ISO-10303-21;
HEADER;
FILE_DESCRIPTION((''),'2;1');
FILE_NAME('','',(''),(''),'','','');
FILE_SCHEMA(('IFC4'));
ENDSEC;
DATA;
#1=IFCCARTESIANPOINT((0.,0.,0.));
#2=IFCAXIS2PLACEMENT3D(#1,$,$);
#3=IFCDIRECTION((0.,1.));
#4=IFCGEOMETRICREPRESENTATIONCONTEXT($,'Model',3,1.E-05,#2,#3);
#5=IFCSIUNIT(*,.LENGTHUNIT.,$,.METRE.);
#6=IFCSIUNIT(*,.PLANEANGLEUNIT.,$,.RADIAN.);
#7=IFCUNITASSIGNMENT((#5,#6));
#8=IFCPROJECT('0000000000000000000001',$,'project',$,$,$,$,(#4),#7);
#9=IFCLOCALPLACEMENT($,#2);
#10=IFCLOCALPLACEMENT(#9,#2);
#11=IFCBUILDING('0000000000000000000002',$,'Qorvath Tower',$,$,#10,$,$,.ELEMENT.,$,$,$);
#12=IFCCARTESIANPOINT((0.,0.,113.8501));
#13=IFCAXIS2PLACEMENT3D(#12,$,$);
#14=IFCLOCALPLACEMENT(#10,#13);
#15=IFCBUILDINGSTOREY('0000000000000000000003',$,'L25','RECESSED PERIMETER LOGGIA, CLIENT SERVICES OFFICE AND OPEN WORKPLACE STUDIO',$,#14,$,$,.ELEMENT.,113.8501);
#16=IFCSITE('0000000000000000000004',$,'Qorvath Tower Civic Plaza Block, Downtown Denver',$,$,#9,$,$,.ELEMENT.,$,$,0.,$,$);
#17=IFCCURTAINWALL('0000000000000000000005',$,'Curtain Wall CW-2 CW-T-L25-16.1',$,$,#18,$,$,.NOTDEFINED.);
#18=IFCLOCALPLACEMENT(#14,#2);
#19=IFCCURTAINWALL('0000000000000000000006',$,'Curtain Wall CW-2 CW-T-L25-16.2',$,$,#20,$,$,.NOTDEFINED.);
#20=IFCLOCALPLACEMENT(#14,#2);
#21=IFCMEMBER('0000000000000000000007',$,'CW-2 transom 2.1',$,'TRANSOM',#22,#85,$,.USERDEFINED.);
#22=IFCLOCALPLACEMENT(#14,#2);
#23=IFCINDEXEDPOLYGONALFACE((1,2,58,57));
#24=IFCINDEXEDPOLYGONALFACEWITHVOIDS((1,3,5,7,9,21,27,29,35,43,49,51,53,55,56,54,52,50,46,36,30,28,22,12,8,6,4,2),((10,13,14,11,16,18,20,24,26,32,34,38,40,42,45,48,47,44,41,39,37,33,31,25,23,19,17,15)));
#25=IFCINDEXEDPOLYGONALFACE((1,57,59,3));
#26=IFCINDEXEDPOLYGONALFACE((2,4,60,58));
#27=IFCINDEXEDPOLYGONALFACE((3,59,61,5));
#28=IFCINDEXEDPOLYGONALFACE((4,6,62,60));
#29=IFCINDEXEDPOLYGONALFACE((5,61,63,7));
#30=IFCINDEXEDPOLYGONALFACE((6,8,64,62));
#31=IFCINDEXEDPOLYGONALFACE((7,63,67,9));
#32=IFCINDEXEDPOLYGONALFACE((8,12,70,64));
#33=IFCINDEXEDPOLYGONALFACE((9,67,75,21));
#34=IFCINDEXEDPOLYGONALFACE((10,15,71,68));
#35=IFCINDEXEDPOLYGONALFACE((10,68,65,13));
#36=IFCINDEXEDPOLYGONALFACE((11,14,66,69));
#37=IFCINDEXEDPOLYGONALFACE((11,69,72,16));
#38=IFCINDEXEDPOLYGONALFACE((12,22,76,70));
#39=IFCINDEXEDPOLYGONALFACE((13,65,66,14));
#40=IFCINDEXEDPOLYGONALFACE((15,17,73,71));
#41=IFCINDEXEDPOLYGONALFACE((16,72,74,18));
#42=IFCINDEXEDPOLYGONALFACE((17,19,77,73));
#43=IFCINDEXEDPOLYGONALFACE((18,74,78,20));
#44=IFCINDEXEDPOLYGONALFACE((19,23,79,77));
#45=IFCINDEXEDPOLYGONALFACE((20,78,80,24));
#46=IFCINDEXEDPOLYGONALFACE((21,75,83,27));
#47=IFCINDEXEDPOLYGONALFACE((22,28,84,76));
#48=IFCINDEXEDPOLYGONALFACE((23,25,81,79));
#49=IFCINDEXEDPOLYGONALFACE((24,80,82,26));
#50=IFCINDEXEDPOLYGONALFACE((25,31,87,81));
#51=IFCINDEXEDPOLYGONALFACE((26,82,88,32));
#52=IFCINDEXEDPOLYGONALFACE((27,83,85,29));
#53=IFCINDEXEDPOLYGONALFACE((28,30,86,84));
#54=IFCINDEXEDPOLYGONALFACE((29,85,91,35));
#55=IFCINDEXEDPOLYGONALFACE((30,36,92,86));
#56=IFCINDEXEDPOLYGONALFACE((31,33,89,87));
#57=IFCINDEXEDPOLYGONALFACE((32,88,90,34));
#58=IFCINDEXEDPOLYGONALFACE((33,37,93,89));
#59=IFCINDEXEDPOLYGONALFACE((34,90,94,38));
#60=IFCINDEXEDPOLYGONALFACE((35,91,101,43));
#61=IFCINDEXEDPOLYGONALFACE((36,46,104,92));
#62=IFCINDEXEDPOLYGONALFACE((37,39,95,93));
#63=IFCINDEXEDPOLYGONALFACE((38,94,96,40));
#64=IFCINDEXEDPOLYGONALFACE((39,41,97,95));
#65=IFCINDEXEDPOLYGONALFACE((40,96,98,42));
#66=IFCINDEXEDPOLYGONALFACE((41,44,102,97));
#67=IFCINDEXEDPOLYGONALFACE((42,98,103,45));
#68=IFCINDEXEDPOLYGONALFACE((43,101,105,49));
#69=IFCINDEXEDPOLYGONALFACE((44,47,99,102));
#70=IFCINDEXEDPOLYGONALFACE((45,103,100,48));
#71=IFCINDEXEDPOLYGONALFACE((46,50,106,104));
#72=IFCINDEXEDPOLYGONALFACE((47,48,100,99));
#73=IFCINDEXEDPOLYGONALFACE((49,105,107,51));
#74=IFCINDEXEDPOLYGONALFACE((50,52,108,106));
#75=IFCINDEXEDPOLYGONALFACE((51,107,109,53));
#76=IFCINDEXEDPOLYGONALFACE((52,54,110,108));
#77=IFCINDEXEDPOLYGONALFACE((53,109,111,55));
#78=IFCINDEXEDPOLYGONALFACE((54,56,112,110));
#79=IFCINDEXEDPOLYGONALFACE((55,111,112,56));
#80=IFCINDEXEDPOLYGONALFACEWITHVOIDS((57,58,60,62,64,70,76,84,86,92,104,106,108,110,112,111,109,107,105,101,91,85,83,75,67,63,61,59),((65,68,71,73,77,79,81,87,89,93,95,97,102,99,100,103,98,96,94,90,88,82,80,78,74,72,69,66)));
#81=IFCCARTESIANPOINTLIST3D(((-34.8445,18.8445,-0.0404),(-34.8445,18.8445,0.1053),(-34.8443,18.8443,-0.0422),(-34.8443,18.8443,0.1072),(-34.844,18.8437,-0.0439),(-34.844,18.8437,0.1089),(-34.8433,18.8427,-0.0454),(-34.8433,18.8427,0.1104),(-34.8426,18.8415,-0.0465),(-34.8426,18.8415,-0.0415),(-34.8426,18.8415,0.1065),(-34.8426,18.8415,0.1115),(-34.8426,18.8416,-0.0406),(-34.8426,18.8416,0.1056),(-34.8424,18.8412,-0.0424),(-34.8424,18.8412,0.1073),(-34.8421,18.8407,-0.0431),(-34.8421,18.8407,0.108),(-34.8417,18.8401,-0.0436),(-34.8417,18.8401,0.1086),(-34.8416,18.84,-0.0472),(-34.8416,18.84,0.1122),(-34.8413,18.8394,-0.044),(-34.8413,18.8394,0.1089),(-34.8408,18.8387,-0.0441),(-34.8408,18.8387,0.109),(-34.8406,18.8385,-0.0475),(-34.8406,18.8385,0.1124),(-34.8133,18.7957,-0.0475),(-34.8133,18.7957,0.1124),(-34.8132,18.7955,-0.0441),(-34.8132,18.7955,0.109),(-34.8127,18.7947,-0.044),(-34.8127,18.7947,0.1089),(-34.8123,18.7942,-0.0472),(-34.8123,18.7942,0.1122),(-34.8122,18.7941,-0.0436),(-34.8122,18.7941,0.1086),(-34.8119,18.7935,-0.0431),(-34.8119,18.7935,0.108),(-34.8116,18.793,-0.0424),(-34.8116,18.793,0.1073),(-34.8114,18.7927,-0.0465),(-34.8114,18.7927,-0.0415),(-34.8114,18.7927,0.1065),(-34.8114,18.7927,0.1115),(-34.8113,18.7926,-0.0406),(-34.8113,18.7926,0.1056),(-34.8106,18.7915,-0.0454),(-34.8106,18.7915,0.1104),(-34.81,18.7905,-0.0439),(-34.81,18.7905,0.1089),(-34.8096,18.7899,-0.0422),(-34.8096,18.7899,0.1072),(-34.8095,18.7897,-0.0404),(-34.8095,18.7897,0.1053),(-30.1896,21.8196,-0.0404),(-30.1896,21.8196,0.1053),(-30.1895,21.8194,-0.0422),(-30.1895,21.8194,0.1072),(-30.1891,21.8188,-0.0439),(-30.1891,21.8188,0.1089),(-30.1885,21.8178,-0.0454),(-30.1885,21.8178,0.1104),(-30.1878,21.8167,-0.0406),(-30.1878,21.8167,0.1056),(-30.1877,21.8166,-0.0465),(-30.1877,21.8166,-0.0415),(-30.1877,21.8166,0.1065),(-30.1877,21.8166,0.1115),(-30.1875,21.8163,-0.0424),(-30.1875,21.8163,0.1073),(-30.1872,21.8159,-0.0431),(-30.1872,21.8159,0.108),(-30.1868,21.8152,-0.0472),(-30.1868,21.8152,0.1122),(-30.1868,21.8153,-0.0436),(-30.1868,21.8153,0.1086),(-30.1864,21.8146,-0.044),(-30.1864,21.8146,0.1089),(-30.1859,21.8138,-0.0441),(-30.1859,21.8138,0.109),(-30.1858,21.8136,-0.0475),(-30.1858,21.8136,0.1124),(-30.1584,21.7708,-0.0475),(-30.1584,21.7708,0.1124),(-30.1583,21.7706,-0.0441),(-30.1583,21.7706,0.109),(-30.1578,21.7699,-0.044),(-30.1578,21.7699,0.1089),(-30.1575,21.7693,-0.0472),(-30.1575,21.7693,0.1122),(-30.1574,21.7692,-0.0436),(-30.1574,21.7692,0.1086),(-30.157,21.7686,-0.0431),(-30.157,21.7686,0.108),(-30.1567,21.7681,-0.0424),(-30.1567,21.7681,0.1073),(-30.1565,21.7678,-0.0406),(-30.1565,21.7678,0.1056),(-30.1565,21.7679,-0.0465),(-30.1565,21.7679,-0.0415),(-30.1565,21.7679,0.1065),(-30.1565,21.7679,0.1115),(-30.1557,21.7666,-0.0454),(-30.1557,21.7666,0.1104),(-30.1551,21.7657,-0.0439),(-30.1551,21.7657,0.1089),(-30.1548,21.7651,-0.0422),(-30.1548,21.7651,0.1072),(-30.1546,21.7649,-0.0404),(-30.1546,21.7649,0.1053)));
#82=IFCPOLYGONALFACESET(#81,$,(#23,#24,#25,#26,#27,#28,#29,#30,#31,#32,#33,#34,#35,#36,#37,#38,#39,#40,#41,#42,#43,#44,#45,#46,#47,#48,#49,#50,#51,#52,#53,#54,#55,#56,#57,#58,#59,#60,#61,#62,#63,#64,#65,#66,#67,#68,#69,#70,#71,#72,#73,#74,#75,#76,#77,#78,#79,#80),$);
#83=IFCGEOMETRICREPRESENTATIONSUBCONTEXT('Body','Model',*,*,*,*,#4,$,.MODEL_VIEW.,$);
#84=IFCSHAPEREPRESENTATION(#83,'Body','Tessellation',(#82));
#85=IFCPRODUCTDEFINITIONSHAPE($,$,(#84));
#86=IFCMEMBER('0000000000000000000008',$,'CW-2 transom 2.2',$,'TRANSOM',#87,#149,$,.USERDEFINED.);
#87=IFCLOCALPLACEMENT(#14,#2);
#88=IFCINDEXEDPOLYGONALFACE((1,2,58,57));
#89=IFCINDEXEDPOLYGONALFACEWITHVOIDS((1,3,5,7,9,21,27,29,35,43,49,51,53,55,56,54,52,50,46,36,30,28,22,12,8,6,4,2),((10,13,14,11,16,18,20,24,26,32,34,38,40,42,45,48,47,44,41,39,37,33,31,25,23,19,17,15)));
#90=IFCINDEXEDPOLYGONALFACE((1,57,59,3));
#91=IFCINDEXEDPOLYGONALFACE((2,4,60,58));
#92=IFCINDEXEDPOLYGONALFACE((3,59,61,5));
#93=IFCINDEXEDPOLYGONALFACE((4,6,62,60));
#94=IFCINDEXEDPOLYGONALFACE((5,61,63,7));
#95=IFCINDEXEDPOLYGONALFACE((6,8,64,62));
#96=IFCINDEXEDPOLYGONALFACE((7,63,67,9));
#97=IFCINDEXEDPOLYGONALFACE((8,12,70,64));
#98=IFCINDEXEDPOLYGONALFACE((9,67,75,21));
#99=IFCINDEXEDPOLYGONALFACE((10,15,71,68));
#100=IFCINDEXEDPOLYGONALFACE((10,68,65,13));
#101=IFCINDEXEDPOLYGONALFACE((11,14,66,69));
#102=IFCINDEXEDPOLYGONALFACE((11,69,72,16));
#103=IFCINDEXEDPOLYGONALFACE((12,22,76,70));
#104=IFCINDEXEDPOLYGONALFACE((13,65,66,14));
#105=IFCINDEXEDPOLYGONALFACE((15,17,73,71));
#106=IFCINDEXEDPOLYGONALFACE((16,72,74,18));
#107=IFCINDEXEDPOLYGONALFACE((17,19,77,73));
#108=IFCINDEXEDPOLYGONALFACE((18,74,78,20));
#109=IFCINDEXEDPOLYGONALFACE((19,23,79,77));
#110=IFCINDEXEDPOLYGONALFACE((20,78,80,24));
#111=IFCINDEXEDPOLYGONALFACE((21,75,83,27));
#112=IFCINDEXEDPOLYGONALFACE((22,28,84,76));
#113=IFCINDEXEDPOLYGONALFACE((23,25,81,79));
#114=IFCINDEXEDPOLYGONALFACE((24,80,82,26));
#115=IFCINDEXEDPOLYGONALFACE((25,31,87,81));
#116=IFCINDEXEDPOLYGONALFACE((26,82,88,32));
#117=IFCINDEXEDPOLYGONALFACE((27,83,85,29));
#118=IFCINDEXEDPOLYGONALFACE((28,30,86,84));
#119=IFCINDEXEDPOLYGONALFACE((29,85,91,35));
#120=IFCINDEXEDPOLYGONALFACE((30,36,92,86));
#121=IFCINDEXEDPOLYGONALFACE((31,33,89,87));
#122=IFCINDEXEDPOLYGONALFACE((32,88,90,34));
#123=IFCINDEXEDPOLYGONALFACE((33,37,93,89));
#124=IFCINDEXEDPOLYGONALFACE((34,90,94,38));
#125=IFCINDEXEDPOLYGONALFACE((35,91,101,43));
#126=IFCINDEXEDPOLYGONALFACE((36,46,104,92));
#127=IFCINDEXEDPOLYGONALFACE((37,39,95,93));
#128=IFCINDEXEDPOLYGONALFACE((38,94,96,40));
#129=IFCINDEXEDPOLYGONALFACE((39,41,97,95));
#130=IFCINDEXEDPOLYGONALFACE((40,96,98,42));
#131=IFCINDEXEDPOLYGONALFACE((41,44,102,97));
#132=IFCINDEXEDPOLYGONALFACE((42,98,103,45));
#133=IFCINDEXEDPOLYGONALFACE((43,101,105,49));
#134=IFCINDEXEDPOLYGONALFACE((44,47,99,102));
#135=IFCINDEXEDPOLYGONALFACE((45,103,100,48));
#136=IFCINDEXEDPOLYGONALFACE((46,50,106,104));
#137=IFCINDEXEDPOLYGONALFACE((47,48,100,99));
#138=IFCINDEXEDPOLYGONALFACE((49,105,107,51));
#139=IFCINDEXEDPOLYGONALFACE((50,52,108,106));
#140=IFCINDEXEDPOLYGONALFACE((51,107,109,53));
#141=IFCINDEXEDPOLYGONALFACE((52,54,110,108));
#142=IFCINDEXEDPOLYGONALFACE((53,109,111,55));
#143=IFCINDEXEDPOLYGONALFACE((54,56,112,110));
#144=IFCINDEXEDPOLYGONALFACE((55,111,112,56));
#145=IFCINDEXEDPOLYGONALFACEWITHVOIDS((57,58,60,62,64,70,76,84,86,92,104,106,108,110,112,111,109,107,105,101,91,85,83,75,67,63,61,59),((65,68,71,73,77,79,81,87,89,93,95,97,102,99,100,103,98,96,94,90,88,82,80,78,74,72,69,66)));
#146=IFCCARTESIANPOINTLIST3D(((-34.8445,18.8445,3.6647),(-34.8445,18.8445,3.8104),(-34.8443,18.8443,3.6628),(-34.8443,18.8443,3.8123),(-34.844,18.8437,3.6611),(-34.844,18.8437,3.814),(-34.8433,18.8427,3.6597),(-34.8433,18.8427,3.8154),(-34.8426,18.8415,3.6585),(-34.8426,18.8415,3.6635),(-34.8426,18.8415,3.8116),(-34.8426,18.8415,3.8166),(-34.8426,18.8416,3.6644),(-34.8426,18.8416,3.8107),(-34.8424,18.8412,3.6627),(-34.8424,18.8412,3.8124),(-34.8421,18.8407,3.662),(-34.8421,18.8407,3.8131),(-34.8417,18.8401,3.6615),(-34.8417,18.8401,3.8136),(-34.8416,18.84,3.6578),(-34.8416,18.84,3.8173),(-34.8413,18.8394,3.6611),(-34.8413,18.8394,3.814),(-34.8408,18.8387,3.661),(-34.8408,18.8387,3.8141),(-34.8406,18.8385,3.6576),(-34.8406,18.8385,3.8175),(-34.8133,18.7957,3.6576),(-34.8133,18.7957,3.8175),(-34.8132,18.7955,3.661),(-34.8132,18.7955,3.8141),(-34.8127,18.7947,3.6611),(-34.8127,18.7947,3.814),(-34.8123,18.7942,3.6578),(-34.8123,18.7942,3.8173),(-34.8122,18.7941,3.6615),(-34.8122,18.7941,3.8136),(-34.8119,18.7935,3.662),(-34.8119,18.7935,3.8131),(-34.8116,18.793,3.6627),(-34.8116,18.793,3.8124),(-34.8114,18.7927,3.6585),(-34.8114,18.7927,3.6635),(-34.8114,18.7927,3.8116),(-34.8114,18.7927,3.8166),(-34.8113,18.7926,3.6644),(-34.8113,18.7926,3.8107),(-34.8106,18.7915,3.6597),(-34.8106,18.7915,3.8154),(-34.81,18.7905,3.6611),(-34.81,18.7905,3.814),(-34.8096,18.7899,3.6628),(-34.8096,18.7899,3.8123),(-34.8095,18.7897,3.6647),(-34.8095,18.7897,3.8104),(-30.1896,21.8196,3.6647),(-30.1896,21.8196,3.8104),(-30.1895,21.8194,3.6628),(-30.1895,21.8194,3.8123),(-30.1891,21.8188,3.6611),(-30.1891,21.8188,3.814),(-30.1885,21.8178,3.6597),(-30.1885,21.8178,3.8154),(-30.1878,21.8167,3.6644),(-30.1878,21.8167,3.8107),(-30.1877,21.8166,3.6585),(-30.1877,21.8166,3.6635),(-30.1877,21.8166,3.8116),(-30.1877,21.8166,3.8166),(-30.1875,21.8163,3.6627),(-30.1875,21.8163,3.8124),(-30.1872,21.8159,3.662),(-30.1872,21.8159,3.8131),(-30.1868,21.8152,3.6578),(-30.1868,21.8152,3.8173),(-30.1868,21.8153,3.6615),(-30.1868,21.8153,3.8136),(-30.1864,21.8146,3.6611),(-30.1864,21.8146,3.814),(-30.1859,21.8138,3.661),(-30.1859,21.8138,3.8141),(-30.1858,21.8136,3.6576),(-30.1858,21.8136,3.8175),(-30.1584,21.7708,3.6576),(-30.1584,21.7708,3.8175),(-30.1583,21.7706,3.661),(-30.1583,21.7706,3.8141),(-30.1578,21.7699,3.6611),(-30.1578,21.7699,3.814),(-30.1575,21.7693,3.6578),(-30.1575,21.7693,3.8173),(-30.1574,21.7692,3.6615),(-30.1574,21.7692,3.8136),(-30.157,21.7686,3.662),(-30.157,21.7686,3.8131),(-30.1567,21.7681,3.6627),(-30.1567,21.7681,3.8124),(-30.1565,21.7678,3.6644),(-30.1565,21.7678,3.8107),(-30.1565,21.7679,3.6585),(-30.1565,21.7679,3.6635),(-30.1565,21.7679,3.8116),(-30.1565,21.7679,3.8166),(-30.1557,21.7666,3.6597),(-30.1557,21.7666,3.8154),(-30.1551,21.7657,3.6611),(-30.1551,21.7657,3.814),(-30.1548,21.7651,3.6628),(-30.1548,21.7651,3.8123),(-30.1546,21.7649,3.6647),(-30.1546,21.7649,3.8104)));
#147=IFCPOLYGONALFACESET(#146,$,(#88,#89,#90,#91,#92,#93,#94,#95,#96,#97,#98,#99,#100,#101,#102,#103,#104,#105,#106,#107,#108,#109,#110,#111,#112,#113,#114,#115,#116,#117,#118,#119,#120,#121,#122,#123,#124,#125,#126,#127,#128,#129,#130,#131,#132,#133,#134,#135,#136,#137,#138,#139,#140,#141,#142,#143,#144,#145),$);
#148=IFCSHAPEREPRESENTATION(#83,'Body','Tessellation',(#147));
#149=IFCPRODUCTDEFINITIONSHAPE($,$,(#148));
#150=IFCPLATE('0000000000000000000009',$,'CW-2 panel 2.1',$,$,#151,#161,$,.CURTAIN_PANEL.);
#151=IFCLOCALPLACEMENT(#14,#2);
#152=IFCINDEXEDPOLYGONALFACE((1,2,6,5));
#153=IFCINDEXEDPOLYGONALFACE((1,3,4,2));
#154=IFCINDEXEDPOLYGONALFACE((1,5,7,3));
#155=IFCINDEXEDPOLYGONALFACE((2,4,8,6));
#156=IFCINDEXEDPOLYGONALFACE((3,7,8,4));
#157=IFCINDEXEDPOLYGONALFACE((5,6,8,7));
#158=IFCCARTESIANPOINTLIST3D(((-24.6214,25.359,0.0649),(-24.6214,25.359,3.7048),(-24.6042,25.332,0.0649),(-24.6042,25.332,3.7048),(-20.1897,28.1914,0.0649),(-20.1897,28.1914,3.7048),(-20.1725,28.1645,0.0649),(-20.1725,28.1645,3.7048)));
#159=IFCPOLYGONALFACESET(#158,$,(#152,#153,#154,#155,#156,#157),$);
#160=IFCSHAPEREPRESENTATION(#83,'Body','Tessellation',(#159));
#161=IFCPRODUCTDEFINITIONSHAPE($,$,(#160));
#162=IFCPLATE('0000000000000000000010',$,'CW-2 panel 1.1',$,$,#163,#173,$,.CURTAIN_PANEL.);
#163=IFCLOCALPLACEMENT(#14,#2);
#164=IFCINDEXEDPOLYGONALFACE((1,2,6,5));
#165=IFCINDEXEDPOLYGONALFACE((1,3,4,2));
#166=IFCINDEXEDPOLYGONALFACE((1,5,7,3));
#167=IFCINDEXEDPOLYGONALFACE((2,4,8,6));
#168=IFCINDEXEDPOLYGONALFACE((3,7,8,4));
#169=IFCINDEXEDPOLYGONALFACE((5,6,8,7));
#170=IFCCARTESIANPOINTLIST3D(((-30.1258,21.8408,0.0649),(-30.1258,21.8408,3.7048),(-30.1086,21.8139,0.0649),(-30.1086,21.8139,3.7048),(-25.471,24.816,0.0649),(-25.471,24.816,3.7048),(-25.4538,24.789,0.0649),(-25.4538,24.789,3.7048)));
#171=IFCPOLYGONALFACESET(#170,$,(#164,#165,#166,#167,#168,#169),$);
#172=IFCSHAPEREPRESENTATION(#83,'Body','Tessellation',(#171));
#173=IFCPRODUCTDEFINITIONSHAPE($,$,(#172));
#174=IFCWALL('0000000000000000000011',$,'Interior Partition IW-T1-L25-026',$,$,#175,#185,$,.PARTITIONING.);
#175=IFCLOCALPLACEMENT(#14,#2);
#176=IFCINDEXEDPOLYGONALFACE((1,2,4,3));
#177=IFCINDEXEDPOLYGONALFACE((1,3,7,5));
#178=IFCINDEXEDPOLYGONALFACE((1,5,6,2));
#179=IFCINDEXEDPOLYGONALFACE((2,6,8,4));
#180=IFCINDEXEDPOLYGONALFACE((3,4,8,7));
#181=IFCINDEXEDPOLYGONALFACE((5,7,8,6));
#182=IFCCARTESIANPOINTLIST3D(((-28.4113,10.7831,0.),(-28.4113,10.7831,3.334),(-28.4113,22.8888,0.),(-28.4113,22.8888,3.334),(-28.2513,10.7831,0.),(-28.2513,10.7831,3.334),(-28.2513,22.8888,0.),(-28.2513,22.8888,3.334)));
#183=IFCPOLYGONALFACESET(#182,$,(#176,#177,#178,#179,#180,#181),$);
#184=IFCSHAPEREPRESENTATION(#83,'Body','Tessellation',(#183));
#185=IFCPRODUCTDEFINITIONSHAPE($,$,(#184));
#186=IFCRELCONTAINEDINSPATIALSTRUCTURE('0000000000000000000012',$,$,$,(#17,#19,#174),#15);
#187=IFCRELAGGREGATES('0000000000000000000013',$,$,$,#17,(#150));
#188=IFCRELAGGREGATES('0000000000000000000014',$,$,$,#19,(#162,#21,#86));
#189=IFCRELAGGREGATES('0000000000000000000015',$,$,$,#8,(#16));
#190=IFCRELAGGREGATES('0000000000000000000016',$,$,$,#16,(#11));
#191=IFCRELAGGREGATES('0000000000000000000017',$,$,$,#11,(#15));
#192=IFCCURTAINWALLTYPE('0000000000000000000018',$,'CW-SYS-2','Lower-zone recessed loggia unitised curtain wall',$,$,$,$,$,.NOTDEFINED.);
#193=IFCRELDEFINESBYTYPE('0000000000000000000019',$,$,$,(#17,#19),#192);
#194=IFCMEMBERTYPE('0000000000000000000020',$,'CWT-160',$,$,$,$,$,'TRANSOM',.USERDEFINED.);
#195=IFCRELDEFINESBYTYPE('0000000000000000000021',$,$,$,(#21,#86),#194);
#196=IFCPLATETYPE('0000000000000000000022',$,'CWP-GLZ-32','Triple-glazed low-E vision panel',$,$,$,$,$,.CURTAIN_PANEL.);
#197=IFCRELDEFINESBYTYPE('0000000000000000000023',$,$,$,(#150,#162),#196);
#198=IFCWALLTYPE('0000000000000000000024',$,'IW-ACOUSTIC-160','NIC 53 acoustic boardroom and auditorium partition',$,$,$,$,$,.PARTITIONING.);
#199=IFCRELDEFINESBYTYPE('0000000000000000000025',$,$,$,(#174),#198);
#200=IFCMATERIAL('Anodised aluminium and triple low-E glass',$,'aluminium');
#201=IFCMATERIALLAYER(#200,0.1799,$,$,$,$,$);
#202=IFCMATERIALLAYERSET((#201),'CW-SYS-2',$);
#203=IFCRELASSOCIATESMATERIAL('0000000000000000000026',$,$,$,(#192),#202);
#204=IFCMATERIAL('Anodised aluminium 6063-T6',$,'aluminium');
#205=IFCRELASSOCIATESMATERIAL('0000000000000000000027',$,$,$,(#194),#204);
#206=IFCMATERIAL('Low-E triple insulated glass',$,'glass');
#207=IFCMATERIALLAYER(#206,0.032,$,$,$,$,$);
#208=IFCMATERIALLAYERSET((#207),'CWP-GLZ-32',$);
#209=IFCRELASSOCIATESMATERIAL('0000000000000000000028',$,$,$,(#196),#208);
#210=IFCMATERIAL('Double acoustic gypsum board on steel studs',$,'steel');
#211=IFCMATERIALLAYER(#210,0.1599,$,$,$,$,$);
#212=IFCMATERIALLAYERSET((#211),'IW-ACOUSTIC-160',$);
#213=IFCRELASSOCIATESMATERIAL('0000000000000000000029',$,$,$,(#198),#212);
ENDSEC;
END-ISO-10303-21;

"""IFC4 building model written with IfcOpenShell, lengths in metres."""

from ifc_helpers import new_model, si_unit, direction, frame, frame_2d, origin, origin_2d, place, context, subcontext, project, spatial, rectangle, hollow_rectangle, extrude, material, layer, layer_set, material_profile, profile_set, type_object, element, aggregate, save


model = new_model("IFC4")

# Units and contexts
model_context = context("Model", 3, precision=1e-05, world=origin(), true_north=direction((0.0, 1.0)))
body_context = subcontext(model_context, "Body", "Model", "MODEL_VIEW")
ifc_project = project(units=[si_unit("LENGTHUNIT", "METRE"), si_unit("PLANEANGLEUNIT", "RADIAN")], contexts=[model_context])

# Site, building, storey
site_placement = place(None, origin())
site = spatial("IfcSite", under=ifc_project, at=site_placement, Name="Qorvath Tower Civic Plaza Block, Downtown Denver", CompositionType="ELEMENT", RefElevation=0.0)
building_placement = place(site_placement, origin())
building = spatial("IfcBuilding", under=site, at=building_placement, Name="Qorvath Tower", CompositionType="ELEMENT")
storey_placement = place(building_placement, frame((0.0, 0.0, 113.8501)))
storey = spatial("IfcBuildingStorey", under=building, at=storey_placement, Name="L25", Description="RECESSED PERIMETER LOGGIA, CLIENT SERVICES OFFICE AND OPEN WORKPLACE STUDIO", CompositionType="ELEMENT", Elevation=113.8501)

# Curtain walls
ifc_material_1 = material(Name="Anodised aluminium and triple low-E glass", Category="aluminium")
ifc_layer_1 = layer(ifc_material_1, 0.1799)
ifc_layer_set_1 = layer_set([ifc_layer_1], Name="CW-SYS-2")
curtain_wall_type = type_object("IfcCurtainWallType", Name="CW-SYS-2", Description="Lower-zone recessed loggia unitised curtain wall", PredefinedType="NOTDEFINED", material=ifc_layer_set_1)
curtain_wall_1_placement = place(storey_placement, origin())
curtain_wall_1 = element("IfcCurtainWall", 1, at=curtain_wall_1_placement, inside=storey, type_object=curtain_wall_type, Name="Curtain Wall CW-2 CW-T-L25-16.1", PredefinedType="NOTDEFINED")
curtain_wall_2_placement = place(storey_placement, origin())
curtain_wall_2 = element("IfcCurtainWall", 2, at=curtain_wall_2_placement, inside=storey, type_object=curtain_wall_type, Name="Curtain Wall CW-2 CW-T-L25-16.2", PredefinedType="NOTDEFINED")

# Members
ifc_material_2 = material(Name="Anodised aluminium 6063-T6", Category="aluminium")
ifc_material_profile_1 = material_profile(ifc_material_2, hollow_rectangle(XDim=0.0649, YDim=0.1599, WallThickness=0.0034, InnerFilletRadius=0.0034, OuterFilletRadius=0.0071, at=origin_2d()), Name="CWT 160x65")
ifc_profile_set_1 = profile_set([ifc_material_profile_1], Name="Anodised aluminium 6063-T6")
member_type_1 = type_object("IfcMemberType", Name="CWT-160", ElementType="TRANSOM", PredefinedType="USERDEFINED", material=ifc_profile_set_1)
member_1_placement = place(storey_placement, frame((-30.1721, 21.7922, 0.0325), z_axis=(-0.842597, -0.538544, 0.0), x_axis=(0.538544, -0.842597, 0.0)))
member_1 = element("IfcMember", 3, at=member_1_placement, type_object=member_type_1, Name="CW-2 transom 2.1", ObjectType="TRANSOM", PredefinedType="USERDEFINED", context=body_context, shape_type="SweptSolid", body=[
    extrude(hollow_rectangle(XDim=0.0649, YDim=0.1599, WallThickness=0.0034, InnerFilletRadius=0.0034, OuterFilletRadius=0.0071, at=origin_2d()), origin(), (0.0, 0.0, 1.0), 5.5244),
])
member_2_placement = place(storey_placement, frame((-30.1721, 21.7922, 3.7375), z_axis=(-0.842597, -0.538544, 0.0), x_axis=(0.538544, -0.842597, 0.0)))
member_2 = element("IfcMember", 4, at=member_2_placement, type_object=member_type_1, Name="CW-2 transom 2.2", ObjectType="TRANSOM", PredefinedType="USERDEFINED", context=body_context, shape_type="SweptSolid", body=[
    extrude(hollow_rectangle(XDim=0.0649, YDim=0.1599, WallThickness=0.0034, InnerFilletRadius=0.0034, OuterFilletRadius=0.0071, at=origin_2d()), origin(), (0.0, 0.0, 1.0), 5.5244),
])

# Plates
ifc_material_3 = material(Name="Low-E triple insulated glass", Category="glass")
ifc_layer_2 = layer(ifc_material_3, 0.032)
ifc_layer_set_2 = layer_set([ifc_layer_2], Name="CWP-GLZ-32")
plate_type = type_object("IfcPlateType", Name="CWP-GLZ-32", Description="Triple-glazed low-E vision panel", PredefinedType="CURTAIN_PANEL", material=ifc_layer_set_2)
plate_1_placement = place(storey_placement, frame((-22.397, 26.7617, 0.0649), z_axis=(0.0, 0.0, 1.0), x_axis=(-0.842604, -0.538533, 0.0)))
plate_1 = element("IfcPlate", 5, at=plate_1_placement, type_object=plate_type, Name="CW-2 panel 2.1", PredefinedType="CURTAIN_PANEL", context=body_context, shape_type="SweptSolid", body=[
    extrude(rectangle(XDim=5.2595, YDim=0.032, at=origin_2d()), origin(), (0.0, 0.0, 1.0), 3.6399),
])
aggregate(curtain_wall_1, [plate_1])
plate_2_placement = place(storey_placement, frame((-27.7898, 23.3149, 0.0649), z_axis=(0.0, 0.0, 1.0), x_axis=(-0.842598, -0.538543, 0.0)))
plate_2 = element("IfcPlate", 6, at=plate_2_placement, type_object=plate_type, Name="CW-2 panel 1.1", PredefinedType="CURTAIN_PANEL", context=body_context, shape_type="SweptSolid", body=[
    extrude(rectangle(XDim=5.5244, YDim=0.032, at=origin_2d()), origin(), (0.0, 0.0, 1.0), 3.6399),
])
aggregate(curtain_wall_2, [plate_2, member_1, member_2])

# Wall
ifc_material_4 = material(Name="Double acoustic gypsum board on steel studs", Category="steel")
ifc_layer_3 = layer(ifc_material_4, 0.1599)
ifc_layer_set_3 = layer_set([ifc_layer_3], Name="IW-ACOUSTIC-160")
wall_type_1 = type_object("IfcWallType", Name="IW-ACOUSTIC-160", Description="NIC 53 acoustic boardroom and auditorium partition", PredefinedType="PARTITIONING", material=ifc_layer_set_3)
wall_1_placement = place(storey_placement, frame((-28.3313, 10.7832, 0.0), z_axis=(0.0, 0.0, 1.0), x_axis=(0.0, 1.0, 0.0)))
element("IfcWall", 7, at=wall_1_placement, inside=storey, type_object=wall_type_1, Name="Interior Partition IW-T1-L25-026", PredefinedType="PARTITIONING", context=body_context, shape_type="SweptSolid", body=[
    extrude(rectangle(XDim=12.1057, YDim=0.1599, at=frame_2d((6.0527, 0.0))), origin(), (0.0, 0.0, 1.0), 3.334),
])

save(model, "model.ifc")
